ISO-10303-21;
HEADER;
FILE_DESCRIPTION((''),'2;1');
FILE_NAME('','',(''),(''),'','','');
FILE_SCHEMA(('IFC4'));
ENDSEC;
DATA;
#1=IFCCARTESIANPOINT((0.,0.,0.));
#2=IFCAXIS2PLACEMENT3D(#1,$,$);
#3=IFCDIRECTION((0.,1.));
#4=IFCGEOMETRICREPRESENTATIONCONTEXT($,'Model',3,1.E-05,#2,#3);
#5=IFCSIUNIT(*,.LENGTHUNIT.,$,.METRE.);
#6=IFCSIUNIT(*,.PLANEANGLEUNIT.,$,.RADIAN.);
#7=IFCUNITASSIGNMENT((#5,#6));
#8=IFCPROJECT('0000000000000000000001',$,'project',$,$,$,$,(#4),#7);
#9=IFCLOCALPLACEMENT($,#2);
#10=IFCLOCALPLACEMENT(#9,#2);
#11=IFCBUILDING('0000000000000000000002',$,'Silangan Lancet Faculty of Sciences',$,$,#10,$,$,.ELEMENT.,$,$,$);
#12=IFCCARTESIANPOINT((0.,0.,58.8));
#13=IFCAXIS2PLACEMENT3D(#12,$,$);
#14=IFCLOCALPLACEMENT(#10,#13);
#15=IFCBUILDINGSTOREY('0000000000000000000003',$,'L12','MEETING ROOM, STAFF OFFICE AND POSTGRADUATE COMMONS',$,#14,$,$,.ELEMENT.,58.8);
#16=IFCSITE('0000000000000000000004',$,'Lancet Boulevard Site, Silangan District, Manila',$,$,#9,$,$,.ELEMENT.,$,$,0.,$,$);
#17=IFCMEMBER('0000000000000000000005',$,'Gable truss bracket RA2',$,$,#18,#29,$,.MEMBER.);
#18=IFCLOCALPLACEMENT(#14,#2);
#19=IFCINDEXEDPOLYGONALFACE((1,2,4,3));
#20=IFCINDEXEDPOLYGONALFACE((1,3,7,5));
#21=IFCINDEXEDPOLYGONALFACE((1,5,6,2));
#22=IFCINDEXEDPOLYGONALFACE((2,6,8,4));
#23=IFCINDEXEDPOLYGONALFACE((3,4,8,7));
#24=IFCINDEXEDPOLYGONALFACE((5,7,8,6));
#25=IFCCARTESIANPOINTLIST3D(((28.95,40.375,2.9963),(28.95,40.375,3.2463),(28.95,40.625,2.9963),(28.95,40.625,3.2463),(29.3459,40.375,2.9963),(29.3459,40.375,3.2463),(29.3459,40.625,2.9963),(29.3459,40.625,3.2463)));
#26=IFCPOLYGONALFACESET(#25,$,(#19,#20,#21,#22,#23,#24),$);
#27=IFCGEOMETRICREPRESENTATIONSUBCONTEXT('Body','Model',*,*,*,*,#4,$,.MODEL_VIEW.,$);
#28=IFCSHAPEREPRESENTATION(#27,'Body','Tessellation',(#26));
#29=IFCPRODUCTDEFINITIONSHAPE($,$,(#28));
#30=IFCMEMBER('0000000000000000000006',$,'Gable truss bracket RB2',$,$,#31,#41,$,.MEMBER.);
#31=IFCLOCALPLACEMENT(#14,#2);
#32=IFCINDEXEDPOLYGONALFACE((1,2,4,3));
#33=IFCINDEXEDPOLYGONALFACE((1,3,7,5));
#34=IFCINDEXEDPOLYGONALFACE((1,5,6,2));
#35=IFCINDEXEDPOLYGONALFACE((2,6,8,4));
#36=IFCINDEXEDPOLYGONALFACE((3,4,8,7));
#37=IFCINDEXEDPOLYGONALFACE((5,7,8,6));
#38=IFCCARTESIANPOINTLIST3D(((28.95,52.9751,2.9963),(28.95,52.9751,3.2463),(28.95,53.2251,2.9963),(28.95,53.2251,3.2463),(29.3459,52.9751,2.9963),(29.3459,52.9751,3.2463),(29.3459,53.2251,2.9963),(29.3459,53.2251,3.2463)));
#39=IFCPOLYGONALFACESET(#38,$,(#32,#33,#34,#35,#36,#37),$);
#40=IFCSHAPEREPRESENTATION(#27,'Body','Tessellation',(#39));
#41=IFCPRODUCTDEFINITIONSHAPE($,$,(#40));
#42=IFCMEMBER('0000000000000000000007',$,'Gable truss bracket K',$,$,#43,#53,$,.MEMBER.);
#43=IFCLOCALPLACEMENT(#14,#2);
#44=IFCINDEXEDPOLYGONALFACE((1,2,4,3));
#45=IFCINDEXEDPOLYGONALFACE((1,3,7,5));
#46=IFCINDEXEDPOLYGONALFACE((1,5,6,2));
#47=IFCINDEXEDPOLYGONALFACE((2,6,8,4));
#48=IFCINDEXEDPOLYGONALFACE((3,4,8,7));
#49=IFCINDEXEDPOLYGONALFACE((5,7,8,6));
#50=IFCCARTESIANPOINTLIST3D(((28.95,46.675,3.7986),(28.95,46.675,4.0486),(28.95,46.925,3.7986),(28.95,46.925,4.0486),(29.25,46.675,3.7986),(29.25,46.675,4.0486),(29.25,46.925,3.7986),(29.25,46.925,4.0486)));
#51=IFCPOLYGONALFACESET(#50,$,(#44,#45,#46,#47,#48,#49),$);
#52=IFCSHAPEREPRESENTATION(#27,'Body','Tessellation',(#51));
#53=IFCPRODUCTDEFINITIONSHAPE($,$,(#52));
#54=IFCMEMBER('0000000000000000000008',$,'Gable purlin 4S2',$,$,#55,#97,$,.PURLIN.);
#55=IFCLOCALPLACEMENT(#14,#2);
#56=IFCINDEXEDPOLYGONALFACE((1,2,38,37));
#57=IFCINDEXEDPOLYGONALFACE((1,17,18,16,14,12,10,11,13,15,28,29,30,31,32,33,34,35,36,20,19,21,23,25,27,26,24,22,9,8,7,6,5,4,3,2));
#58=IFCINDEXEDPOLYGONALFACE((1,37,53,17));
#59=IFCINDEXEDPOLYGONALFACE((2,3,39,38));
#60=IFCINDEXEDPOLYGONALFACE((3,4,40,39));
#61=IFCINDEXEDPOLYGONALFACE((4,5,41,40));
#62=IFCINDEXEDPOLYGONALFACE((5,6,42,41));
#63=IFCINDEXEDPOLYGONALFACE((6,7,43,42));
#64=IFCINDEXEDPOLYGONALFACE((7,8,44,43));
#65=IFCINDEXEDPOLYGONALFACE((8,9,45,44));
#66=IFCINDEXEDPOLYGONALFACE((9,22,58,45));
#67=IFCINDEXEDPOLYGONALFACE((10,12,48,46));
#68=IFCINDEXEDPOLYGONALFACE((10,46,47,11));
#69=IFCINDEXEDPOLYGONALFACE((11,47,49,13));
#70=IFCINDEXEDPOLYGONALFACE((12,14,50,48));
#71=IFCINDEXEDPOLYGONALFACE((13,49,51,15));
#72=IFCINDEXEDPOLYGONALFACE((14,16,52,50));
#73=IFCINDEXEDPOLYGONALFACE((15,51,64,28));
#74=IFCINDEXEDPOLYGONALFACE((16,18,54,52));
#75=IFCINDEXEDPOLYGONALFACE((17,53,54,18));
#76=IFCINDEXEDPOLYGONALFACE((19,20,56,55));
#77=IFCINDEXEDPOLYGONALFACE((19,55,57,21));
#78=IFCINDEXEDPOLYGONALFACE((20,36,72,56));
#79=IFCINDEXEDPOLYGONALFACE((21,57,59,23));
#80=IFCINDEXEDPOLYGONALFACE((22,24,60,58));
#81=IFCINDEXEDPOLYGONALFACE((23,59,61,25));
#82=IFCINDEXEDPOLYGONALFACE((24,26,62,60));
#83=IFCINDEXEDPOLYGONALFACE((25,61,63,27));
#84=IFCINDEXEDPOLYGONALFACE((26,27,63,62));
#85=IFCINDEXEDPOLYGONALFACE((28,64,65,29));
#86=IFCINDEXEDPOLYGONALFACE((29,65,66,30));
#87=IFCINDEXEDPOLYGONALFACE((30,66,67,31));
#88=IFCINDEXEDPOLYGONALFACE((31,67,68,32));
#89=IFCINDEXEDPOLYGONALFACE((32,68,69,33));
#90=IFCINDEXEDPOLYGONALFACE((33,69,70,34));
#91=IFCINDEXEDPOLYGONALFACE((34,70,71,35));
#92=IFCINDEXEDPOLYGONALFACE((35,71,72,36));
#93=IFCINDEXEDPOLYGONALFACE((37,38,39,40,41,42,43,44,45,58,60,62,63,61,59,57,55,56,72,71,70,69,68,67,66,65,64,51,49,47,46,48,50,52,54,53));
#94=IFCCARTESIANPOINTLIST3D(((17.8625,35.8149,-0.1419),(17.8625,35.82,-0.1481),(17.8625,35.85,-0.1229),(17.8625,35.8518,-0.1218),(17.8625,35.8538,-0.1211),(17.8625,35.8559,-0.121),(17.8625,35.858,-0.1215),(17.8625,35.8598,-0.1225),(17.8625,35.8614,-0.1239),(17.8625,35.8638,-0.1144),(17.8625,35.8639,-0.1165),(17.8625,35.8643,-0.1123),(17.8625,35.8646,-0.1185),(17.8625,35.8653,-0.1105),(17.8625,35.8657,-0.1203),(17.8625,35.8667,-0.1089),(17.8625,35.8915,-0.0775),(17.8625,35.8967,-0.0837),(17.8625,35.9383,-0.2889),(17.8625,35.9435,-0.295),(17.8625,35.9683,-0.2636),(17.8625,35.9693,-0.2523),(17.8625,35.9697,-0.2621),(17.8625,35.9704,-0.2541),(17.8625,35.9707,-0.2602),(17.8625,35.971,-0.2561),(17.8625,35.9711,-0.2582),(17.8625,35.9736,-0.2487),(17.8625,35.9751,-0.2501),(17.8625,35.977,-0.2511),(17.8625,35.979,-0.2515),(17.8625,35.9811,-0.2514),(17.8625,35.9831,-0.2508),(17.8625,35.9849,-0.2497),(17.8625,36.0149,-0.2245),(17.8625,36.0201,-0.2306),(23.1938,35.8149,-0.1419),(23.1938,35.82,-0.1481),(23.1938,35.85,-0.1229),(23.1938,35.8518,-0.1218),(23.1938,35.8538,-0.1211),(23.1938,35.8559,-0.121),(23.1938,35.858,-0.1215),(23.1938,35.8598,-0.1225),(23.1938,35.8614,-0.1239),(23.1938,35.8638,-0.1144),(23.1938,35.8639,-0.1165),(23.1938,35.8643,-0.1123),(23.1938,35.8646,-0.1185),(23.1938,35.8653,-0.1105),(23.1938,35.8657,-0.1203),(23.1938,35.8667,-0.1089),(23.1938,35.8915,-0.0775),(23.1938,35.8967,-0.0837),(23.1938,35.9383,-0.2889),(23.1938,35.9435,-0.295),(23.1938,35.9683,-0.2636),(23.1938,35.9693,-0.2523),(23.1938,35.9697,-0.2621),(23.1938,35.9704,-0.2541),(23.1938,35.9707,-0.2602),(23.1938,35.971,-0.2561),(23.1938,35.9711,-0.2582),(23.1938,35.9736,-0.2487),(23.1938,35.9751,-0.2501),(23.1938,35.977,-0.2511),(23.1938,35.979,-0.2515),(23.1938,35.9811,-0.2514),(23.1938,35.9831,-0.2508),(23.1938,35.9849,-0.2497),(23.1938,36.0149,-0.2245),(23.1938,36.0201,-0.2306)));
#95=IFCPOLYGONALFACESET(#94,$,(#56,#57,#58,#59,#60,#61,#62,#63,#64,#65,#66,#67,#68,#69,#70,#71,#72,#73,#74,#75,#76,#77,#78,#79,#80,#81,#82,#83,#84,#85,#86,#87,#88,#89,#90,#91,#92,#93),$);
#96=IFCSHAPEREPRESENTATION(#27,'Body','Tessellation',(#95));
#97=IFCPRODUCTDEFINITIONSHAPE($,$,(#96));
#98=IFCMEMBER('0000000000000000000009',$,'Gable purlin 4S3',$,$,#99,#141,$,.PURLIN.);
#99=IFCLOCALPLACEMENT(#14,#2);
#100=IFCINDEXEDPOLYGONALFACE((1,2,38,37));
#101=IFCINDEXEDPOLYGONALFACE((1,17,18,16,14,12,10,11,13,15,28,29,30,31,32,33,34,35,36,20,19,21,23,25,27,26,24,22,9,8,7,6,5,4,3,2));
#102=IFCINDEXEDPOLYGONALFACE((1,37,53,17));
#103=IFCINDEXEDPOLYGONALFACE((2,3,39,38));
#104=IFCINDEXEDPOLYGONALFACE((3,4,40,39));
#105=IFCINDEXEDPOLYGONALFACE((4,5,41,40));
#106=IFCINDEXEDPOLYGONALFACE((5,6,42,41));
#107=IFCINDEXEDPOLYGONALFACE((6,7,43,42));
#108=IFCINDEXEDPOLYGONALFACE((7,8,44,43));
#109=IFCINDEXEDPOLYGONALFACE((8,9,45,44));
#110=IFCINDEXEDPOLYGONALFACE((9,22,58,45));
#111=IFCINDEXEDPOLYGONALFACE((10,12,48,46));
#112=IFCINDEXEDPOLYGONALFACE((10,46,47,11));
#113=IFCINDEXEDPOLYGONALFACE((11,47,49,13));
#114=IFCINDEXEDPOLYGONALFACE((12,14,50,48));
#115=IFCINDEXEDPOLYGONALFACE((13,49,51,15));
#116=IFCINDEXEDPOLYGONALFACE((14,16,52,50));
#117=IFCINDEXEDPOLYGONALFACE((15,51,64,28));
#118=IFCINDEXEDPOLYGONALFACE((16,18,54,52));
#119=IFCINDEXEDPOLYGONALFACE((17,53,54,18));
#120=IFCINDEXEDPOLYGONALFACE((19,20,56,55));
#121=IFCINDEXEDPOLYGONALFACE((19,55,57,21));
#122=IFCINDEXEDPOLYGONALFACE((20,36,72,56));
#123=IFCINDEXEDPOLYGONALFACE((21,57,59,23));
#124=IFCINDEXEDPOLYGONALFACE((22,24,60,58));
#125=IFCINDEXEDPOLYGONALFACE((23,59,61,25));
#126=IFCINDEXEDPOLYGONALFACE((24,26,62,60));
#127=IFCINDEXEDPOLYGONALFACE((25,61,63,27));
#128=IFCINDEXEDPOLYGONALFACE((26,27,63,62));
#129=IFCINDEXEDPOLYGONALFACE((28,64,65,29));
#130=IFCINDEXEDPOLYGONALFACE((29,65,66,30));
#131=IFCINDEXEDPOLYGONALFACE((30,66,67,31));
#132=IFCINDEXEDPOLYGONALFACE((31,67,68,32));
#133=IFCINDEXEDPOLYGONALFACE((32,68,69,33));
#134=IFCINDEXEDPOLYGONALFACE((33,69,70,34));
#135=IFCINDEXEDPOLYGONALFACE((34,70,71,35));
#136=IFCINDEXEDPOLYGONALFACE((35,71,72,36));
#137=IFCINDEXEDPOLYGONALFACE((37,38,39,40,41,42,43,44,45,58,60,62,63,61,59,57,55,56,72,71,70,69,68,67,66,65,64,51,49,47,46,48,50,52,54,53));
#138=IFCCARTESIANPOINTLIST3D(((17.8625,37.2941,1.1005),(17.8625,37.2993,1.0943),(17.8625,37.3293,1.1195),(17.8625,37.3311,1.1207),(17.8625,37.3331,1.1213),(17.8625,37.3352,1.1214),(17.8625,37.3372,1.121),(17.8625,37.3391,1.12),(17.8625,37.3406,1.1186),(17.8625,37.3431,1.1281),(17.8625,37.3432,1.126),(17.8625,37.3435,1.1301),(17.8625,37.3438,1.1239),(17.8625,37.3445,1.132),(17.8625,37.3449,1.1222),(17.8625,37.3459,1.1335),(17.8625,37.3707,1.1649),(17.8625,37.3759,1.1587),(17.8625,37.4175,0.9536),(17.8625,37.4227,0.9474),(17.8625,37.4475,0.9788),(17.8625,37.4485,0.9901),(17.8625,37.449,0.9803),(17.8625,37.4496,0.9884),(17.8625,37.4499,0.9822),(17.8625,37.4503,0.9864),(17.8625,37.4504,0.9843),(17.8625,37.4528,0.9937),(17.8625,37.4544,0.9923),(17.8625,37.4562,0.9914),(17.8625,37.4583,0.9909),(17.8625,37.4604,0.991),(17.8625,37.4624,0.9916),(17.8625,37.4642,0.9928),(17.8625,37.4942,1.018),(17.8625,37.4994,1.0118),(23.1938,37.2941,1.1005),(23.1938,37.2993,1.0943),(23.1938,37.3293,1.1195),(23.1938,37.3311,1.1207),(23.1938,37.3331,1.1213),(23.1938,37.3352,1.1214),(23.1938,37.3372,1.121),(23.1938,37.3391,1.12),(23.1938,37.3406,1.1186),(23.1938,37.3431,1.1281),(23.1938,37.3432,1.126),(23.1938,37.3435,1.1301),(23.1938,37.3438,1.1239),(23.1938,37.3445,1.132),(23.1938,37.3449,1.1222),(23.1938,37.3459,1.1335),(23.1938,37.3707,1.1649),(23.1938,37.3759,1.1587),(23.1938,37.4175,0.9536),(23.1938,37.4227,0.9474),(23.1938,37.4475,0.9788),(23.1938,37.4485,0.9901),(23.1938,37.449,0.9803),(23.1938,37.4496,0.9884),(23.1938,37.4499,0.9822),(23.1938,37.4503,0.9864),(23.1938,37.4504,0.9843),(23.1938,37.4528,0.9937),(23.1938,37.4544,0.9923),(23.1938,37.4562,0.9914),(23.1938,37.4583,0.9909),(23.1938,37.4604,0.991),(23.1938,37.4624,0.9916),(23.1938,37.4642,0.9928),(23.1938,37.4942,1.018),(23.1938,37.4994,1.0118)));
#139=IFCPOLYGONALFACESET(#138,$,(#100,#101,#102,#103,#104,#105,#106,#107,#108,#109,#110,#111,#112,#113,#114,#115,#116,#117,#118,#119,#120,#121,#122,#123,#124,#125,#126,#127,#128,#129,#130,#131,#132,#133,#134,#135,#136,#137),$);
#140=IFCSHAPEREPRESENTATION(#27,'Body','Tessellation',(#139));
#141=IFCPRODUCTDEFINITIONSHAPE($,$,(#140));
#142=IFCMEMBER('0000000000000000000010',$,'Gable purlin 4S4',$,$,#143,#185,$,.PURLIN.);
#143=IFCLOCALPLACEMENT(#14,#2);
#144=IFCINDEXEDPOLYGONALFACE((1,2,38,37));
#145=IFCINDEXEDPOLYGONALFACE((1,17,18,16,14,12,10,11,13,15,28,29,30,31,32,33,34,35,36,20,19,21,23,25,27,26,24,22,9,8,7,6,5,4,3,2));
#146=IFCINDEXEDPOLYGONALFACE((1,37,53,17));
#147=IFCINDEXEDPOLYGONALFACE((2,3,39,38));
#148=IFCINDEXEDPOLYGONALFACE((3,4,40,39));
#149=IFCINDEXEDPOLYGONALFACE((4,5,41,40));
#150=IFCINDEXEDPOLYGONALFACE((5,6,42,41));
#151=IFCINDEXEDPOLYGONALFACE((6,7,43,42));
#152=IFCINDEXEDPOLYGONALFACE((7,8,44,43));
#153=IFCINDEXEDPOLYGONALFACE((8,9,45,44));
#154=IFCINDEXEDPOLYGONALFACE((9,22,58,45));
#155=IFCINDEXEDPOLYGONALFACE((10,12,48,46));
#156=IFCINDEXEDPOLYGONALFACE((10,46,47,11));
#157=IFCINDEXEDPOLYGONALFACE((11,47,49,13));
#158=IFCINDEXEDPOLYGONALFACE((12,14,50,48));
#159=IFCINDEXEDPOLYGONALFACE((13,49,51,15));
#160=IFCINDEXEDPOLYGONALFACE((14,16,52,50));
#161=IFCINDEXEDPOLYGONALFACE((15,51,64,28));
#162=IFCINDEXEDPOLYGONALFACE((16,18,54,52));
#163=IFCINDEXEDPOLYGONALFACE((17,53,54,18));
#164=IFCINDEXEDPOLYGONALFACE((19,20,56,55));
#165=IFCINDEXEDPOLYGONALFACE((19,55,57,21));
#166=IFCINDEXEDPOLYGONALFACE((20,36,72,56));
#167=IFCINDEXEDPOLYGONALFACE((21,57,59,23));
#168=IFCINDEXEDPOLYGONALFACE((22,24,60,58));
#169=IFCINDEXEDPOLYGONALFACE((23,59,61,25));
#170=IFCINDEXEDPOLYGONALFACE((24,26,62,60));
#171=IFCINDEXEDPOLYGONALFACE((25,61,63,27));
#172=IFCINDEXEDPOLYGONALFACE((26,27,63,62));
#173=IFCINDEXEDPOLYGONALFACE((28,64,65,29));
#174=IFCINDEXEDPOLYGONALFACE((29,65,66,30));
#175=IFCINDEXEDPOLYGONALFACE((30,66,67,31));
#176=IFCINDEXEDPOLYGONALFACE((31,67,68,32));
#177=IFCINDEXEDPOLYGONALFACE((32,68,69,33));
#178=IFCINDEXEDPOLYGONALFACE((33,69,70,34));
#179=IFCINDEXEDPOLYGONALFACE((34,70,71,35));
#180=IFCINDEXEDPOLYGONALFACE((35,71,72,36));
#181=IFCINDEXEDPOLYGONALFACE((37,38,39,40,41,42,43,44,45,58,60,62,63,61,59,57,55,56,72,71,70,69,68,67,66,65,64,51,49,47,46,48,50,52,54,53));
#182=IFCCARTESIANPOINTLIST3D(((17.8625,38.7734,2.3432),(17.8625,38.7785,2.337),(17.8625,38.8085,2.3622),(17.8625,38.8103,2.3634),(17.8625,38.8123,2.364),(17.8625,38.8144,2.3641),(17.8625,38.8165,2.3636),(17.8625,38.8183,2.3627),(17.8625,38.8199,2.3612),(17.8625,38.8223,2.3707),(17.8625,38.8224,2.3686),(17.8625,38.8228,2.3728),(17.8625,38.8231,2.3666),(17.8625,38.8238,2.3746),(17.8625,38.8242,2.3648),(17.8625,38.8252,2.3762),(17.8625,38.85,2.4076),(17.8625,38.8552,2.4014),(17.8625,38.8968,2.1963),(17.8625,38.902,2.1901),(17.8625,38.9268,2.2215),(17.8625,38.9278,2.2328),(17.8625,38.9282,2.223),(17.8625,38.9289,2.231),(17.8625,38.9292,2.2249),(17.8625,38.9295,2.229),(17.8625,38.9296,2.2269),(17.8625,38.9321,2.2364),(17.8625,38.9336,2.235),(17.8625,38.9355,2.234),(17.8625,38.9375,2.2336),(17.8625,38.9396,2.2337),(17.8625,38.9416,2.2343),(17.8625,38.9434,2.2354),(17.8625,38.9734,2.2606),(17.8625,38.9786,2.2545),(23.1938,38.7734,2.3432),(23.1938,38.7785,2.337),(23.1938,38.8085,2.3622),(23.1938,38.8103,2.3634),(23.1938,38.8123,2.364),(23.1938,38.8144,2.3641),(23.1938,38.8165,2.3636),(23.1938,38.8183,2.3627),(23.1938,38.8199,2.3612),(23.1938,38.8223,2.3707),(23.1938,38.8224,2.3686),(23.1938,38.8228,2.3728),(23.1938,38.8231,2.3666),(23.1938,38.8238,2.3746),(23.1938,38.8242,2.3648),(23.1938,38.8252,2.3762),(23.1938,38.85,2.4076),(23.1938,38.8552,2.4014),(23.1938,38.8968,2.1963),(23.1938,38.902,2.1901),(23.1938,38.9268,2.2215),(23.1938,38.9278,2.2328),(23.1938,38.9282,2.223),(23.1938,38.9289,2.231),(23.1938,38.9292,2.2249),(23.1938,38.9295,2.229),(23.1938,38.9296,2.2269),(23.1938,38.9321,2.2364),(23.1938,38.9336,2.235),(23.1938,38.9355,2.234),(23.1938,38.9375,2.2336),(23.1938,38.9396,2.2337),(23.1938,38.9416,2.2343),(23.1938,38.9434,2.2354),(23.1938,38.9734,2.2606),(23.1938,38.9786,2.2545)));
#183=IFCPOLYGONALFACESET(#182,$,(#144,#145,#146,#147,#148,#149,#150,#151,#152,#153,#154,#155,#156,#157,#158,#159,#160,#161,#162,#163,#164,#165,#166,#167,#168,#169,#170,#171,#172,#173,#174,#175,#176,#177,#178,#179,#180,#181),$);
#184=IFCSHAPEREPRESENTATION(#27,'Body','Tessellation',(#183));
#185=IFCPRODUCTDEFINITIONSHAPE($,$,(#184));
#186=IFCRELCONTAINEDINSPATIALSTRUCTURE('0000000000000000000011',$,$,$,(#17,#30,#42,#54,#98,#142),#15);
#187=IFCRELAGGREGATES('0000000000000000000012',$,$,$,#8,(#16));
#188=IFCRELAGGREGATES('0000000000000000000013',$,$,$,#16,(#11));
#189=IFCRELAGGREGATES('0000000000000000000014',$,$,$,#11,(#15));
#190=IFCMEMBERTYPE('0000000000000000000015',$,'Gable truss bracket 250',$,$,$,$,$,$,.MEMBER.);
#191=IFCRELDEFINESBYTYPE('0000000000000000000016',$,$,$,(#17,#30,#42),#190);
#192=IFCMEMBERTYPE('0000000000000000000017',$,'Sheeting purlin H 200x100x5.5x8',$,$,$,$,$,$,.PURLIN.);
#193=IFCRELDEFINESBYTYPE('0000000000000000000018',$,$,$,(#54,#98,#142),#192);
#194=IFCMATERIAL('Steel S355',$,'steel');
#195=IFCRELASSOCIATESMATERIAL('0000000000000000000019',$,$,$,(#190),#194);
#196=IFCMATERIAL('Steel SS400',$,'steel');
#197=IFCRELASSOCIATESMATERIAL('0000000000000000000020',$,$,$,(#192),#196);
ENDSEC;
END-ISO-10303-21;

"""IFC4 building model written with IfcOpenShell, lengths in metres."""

from ifc_helpers import new_model, si_unit, direction, frame, origin, origin_2d, place, context, subcontext, project, spatial, rectangle, i_section, extrude, material, material_profile, profile_set, type_object, element, save


model = new_model("IFC4")

# Units and contexts
model_context = context("Model", 3, precision=1e-05, world=origin(), true_north=direction((0.0, 1.0)))
body_context = subcontext(model_context, "Body", "Model", "MODEL_VIEW")
ifc_project = project(units=[si_unit("LENGTHUNIT", "METRE"), si_unit("PLANEANGLEUNIT", "RADIAN")], contexts=[model_context])

# Site, building, storey
site_placement = place(None, origin())
site = spatial("IfcSite", under=ifc_project, at=site_placement, Name="Lancet Boulevard Site, Silangan District, Manila", CompositionType="ELEMENT", RefElevation=0.0)
building_placement = place(site_placement, origin())
building = spatial("IfcBuilding", under=site, at=building_placement, Name="Silangan Lancet Faculty of Sciences", CompositionType="ELEMENT")
storey_placement = place(building_placement, frame((0.0, 0.0, 58.8)))
storey = spatial("IfcBuildingStorey", under=building, at=storey_placement, Name="L12", Description="MEETING ROOM, STAFF OFFICE AND POSTGRADUATE COMMONS", CompositionType="ELEMENT", Elevation=58.8)

# Members
ifc_material_1 = material(Name="Steel S355", Category="steel")
ifc_material_profile_1 = material_profile(ifc_material_1, rectangle(XDim=0.25, YDim=0.25, at=origin_2d()), Name="steel 250x250")
ifc_profile_set_1 = profile_set([ifc_material_profile_1], Name="Steel S355")
member_type_1 = type_object("IfcMemberType", Name="Gable truss bracket 250", PredefinedType="MEMBER", material=ifc_profile_set_1)
for number, where, z_axis, x_axis, name in (
    (1, (28.95, 40.5, 3.1213), (1.0, 0.0, 0.0), (0.0, 1.0, 0.0), "Gable truss bracket RA2"),
    (2, (28.95, 53.1001, 3.1213), (1.0, 0.0, 0.0), (0.0, 1.0, 0.0), "Gable truss bracket RB2"),
):
    element("IfcMember", number, at=place(storey_placement, frame(where, z_axis=z_axis, x_axis=x_axis)), inside=storey, type_object=member_type_1, Name=name, PredefinedType="MEMBER", context=body_context, shape_type="SweptSolid", body=[
        extrude(rectangle(XDim=0.25, YDim=0.25, at=origin_2d()), origin(), (0.0, 0.0, 1.0), 0.396),
    ])
member_placement = place(storey_placement, frame((28.95, 46.8, 3.9236), z_axis=(1.0, 0.0, 0.0), x_axis=(0.0, 1.0, 0.0)))
element("IfcMember", 3, at=member_placement, inside=storey, type_object=member_type_1, Name="Gable truss bracket K", PredefinedType="MEMBER", context=body_context, shape_type="SweptSolid", body=[
    extrude(rectangle(XDim=0.25, YDim=0.25, at=origin_2d()), origin(), (0.0, 0.0, 1.0), 0.3),
])
ifc_material_2 = material(Name="Steel SS400", Category="steel")
ifc_material_profile_2 = material_profile(ifc_material_2, i_section(OverallWidth=0.1001, OverallDepth=0.2, WebThickness=0.0056, FlangeThickness=0.0081, FilletRadius=0.0081, at=origin_2d()), Name="H 200x100x5.5x8")
ifc_profile_set_2 = profile_set([ifc_material_profile_2], Name="Steel SS400")
member_type_2 = type_object("IfcMemberType", Name="Sheeting purlin H 200x100x5.5x8", PredefinedType="PURLIN", material=ifc_profile_set_2)
for number, where, z_axis, x_axis, name in (
    (4, (17.8625, 35.9175, -0.1863), (1.0, 0.0, 0.0), (0.0, 0.765705, 0.643192), "Gable purlin 4S2"),
    (5, (17.8625, 37.3967, 1.0562), (1.0, 0.0, 0.0), (0.0, 0.765705, 0.643192), "Gable purlin 4S3"),
    (6, (17.8625, 38.876, 2.2988), (1.0, 0.0, 0.0), (0.0, 0.765705, 0.643192), "Gable purlin 4S4"),
):
    element("IfcMember", number, at=place(storey_placement, frame(where, z_axis=z_axis, x_axis=x_axis)), inside=storey, type_object=member_type_2, Name=name, PredefinedType="PURLIN", context=body_context, shape_type="SweptSolid", body=[
        extrude(i_section(OverallWidth=0.1001, OverallDepth=0.2, WebThickness=0.0056, FlangeThickness=0.0081, FilletRadius=0.0081, at=origin_2d()), origin(), (0.0, 0.0, 1.0), 5.3313),
    ])

save(model, "model.ifc")
